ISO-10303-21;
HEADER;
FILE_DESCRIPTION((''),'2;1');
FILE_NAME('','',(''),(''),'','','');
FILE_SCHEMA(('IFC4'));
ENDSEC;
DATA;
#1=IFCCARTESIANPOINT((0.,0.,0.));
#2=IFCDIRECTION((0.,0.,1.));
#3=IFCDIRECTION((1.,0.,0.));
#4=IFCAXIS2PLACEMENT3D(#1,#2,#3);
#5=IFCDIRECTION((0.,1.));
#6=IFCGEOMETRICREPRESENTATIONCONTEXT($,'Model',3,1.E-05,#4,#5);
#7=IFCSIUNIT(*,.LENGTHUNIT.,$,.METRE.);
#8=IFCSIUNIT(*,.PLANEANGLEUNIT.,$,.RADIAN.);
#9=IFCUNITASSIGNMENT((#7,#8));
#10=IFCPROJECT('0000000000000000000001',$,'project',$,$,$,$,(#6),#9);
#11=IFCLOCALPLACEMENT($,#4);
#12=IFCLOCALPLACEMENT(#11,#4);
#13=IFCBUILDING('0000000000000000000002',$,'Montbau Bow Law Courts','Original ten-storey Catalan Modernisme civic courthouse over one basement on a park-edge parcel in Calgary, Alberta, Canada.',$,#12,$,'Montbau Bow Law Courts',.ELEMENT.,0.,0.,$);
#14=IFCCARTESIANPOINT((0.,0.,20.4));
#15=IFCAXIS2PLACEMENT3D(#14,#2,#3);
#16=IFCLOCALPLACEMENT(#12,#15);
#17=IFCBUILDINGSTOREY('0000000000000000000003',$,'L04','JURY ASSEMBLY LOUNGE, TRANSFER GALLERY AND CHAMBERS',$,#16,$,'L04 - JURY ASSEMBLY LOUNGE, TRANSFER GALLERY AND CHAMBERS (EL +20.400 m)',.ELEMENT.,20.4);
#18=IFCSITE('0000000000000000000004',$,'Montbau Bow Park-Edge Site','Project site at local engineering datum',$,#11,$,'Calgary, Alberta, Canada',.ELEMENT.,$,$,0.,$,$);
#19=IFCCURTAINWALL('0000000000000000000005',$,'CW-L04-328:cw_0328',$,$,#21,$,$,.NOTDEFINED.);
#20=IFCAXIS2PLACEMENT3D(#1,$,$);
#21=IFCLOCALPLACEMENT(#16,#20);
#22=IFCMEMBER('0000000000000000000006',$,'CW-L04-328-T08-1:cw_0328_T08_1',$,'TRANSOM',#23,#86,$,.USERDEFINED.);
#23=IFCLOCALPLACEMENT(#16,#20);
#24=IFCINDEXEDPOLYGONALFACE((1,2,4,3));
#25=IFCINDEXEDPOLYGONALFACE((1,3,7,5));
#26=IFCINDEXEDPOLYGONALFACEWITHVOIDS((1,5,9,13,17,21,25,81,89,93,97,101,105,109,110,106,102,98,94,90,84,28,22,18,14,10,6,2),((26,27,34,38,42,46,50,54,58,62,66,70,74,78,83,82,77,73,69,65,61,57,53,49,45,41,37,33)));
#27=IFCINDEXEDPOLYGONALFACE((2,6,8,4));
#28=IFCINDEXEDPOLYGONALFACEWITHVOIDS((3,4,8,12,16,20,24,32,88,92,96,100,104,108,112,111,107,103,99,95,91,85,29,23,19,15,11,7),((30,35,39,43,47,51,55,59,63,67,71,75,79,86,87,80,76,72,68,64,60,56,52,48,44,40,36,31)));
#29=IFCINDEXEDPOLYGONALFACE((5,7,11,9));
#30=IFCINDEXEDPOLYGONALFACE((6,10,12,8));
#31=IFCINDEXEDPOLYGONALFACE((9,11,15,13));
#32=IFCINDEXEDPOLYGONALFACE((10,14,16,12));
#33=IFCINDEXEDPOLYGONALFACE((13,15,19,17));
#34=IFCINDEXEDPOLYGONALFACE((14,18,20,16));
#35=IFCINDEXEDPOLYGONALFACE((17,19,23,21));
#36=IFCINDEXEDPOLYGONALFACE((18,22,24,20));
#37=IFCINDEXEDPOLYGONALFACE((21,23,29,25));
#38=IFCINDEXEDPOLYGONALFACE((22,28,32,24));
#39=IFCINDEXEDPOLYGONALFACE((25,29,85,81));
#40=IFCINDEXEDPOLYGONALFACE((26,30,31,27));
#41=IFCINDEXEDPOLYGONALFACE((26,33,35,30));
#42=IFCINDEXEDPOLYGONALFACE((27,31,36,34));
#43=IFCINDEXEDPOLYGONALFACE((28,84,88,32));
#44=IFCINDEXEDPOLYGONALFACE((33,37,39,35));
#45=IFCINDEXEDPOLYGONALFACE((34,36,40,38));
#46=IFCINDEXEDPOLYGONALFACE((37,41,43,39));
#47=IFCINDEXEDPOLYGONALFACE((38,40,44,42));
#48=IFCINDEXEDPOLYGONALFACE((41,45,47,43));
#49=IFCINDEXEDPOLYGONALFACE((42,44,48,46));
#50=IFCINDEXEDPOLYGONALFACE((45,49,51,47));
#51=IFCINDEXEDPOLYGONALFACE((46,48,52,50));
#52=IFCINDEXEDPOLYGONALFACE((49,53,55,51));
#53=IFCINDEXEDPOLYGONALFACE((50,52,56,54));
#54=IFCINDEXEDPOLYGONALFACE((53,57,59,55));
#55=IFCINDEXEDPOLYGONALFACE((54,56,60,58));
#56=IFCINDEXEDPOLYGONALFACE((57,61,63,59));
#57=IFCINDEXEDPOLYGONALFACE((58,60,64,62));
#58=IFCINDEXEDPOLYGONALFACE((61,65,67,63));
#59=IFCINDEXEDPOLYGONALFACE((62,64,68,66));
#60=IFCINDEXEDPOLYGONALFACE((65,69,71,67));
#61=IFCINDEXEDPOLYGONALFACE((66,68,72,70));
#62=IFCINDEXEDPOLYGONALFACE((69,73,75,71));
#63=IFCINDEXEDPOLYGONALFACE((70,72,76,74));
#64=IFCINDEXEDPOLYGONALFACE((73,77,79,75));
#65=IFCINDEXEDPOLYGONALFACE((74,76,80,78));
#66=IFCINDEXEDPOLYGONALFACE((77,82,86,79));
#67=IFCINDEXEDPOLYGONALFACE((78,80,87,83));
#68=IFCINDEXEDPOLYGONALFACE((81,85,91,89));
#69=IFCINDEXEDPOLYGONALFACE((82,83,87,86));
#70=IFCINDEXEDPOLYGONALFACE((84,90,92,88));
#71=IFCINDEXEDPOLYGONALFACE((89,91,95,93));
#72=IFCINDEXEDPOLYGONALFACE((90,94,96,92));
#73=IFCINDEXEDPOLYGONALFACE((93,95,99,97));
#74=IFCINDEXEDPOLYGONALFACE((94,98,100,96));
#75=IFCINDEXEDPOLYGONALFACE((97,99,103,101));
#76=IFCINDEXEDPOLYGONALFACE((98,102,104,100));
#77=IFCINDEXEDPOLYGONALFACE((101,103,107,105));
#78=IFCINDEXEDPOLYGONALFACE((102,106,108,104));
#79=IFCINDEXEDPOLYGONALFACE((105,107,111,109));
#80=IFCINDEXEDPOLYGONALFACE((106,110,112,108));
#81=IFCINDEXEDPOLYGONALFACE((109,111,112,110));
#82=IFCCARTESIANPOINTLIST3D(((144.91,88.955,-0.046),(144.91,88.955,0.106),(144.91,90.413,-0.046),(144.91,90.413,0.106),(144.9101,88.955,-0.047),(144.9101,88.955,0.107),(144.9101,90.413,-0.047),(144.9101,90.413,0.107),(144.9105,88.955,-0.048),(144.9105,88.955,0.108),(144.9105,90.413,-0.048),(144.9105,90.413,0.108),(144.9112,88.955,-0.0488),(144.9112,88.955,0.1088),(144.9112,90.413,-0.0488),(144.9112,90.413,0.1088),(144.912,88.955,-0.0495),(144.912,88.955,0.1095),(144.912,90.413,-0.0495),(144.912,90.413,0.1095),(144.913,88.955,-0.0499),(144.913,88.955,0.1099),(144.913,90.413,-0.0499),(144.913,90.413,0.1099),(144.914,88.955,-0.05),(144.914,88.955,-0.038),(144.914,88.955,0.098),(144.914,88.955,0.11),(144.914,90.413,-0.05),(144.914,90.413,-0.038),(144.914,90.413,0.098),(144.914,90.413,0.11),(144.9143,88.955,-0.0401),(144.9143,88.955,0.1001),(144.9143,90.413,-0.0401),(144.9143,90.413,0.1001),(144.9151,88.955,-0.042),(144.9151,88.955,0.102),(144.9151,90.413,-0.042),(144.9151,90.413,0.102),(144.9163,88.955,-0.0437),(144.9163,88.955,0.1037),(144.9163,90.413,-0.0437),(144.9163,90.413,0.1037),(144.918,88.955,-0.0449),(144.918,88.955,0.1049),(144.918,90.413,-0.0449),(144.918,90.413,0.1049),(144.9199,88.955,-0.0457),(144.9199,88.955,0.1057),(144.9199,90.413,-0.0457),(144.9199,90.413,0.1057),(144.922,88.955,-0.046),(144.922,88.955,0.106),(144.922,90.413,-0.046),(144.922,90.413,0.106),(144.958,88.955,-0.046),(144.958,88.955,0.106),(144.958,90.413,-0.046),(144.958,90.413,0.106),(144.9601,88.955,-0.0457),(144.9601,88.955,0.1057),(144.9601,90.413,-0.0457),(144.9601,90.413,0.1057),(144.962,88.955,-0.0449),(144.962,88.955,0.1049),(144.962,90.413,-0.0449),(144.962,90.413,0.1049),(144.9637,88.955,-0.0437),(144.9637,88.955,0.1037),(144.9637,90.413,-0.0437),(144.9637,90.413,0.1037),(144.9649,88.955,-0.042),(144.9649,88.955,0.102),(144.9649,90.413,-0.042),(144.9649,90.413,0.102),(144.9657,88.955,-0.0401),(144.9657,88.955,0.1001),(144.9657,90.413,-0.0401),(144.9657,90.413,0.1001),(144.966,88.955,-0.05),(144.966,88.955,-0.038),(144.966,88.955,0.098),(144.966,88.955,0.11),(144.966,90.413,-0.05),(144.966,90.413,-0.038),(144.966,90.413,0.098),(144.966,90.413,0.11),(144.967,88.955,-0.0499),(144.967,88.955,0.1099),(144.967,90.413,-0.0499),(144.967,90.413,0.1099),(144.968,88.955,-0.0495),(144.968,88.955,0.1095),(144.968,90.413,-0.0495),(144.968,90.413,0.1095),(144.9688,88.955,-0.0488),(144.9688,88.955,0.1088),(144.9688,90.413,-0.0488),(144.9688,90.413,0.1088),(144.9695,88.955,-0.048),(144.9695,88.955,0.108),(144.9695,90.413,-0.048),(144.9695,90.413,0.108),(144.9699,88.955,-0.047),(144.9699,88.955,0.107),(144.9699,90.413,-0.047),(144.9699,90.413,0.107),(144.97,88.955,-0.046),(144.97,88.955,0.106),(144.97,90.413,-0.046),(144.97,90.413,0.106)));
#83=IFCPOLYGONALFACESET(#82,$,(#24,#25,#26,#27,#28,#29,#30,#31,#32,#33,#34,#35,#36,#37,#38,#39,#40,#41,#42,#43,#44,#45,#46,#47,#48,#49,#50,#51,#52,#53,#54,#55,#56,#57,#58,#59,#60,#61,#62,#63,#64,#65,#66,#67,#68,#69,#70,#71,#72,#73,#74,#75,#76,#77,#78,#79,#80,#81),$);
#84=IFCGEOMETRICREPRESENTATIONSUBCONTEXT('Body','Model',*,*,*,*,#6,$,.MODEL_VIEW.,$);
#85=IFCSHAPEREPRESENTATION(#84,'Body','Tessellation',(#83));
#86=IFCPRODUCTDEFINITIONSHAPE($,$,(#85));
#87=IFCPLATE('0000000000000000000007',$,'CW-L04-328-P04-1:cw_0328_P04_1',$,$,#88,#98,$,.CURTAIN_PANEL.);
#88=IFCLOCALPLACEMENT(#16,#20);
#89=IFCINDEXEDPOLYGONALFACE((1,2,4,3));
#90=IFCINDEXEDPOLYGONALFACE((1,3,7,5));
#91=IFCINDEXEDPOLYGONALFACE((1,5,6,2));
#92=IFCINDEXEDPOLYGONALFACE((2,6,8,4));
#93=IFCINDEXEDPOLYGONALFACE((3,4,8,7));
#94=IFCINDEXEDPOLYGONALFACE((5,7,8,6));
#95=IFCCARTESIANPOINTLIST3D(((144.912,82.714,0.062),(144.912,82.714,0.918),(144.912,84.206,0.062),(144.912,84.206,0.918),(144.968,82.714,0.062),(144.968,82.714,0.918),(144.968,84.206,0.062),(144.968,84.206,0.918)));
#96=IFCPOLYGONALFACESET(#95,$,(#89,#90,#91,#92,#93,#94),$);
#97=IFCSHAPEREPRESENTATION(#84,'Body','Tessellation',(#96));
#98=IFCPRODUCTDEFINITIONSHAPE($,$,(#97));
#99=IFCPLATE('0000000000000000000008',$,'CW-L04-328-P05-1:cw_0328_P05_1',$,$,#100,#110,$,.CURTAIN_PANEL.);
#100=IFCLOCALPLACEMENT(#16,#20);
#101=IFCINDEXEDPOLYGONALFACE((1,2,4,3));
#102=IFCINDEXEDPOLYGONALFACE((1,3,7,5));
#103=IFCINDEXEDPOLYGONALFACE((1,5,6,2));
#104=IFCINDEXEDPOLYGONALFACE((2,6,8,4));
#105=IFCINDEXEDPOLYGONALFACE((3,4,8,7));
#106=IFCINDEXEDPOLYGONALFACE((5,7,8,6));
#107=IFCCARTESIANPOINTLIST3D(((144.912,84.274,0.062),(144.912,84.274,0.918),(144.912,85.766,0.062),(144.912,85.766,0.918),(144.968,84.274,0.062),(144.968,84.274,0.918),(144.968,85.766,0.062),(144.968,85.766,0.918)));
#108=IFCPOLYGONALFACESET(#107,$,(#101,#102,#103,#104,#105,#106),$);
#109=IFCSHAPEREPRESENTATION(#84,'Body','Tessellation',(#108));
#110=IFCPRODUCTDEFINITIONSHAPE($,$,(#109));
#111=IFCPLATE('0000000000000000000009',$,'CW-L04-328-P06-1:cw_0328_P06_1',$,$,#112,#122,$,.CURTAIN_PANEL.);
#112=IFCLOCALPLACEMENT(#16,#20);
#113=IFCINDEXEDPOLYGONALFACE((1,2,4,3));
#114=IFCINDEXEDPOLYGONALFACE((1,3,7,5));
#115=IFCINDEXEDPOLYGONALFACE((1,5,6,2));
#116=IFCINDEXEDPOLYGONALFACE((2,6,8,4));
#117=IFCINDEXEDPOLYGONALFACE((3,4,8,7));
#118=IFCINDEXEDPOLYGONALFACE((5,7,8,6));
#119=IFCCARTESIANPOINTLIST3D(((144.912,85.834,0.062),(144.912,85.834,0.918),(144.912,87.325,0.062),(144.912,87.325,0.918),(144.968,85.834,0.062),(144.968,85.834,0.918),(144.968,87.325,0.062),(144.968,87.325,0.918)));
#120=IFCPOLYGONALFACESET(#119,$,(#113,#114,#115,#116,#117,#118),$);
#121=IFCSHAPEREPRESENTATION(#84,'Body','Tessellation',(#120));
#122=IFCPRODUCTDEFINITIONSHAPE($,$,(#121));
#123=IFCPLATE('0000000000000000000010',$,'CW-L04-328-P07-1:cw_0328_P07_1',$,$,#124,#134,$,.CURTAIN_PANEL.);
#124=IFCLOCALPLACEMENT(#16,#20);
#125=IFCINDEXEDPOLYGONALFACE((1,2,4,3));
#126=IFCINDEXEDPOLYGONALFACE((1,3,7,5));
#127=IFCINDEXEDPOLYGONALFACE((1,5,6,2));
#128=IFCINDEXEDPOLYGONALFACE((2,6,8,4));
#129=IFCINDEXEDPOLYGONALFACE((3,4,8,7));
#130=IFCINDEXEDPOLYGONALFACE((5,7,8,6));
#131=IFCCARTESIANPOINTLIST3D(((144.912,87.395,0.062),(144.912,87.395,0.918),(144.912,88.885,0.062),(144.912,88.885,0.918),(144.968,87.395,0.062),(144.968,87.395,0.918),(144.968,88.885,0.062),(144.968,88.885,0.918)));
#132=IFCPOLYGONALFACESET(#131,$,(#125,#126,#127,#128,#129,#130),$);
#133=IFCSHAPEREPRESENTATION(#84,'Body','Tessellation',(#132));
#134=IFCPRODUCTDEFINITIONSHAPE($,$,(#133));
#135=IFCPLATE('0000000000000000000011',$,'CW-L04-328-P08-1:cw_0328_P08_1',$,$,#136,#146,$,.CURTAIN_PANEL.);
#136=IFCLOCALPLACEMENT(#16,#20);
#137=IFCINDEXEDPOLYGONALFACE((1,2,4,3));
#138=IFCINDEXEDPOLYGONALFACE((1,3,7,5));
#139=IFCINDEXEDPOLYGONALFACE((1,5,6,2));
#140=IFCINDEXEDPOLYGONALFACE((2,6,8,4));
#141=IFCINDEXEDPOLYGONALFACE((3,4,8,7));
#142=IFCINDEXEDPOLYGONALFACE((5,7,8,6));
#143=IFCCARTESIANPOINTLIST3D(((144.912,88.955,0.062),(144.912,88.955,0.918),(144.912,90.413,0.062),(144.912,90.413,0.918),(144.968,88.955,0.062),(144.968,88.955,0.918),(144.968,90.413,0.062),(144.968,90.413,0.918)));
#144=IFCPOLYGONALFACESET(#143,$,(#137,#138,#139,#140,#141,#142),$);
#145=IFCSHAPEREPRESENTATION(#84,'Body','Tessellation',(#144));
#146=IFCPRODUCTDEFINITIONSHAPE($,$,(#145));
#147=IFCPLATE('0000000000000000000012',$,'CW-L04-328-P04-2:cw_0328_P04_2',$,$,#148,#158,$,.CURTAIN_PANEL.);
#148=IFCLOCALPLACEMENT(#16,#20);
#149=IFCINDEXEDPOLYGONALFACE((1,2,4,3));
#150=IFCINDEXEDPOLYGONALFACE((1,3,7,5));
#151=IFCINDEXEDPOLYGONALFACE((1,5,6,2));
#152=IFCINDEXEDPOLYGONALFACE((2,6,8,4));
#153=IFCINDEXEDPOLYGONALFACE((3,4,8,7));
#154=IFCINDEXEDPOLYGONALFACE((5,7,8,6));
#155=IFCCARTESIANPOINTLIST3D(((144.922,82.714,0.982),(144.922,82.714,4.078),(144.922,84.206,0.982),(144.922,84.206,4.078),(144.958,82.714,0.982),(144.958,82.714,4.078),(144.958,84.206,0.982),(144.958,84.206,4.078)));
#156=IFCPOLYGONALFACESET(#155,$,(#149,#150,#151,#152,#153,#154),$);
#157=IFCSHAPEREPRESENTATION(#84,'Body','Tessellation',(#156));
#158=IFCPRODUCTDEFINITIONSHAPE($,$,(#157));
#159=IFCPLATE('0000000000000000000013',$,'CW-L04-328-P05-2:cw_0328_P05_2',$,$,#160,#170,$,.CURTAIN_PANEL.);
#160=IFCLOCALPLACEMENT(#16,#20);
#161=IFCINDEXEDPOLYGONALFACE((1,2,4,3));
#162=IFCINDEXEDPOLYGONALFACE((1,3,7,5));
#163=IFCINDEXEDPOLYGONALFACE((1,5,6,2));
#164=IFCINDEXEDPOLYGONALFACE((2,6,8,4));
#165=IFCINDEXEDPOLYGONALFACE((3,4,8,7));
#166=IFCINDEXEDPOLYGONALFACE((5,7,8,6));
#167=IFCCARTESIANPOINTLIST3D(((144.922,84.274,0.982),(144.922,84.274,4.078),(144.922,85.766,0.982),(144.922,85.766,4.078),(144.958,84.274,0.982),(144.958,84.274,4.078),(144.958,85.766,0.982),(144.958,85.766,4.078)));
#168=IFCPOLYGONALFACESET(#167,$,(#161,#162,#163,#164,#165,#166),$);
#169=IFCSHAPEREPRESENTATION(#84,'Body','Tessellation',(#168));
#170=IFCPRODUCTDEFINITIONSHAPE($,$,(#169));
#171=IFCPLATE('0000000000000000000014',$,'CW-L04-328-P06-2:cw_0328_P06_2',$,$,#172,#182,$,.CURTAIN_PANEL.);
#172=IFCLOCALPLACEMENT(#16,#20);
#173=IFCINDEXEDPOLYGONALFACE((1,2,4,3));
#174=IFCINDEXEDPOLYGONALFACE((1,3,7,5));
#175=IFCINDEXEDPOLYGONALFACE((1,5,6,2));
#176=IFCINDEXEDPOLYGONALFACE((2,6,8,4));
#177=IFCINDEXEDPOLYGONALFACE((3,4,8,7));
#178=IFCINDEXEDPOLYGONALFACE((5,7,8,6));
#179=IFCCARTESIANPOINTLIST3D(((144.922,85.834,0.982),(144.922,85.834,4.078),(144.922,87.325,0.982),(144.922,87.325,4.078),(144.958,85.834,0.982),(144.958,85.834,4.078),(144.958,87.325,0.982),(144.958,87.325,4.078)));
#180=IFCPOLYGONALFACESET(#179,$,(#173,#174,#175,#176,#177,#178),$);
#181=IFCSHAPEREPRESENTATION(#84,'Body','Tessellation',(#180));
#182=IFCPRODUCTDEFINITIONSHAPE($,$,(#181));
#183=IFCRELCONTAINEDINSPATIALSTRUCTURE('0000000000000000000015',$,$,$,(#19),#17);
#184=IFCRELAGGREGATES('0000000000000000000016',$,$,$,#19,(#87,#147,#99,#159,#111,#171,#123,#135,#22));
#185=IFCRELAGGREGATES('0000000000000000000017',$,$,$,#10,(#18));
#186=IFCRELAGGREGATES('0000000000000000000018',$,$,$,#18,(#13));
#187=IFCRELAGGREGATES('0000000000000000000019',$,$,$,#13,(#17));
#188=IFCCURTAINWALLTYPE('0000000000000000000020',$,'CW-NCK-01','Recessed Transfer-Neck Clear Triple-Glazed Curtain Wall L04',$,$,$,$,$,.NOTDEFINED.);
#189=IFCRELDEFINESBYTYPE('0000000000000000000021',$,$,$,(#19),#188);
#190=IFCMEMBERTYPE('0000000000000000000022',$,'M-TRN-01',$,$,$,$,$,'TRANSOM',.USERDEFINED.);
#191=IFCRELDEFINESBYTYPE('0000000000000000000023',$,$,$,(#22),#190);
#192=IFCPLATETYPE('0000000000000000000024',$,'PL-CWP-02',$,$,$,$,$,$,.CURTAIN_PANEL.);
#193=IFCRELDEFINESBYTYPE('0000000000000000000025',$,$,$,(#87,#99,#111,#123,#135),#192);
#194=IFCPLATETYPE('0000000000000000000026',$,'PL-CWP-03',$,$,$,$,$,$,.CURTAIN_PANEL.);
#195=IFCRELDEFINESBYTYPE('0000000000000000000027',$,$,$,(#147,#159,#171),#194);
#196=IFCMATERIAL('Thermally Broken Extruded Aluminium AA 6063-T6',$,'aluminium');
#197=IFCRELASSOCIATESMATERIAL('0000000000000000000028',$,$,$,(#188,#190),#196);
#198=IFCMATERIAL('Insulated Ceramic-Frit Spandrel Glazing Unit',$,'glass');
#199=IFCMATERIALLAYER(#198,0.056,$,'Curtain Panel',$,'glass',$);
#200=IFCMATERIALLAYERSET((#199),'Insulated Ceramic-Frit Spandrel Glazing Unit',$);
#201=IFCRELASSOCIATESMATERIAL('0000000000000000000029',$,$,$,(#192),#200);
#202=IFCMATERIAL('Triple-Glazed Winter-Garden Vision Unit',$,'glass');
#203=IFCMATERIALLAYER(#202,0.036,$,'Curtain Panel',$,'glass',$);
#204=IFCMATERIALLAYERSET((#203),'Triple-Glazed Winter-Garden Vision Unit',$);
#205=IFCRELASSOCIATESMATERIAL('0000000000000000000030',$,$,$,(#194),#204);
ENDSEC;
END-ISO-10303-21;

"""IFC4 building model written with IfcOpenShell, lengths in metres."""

from ifc_helpers import new_model, si_unit, direction, frame, frame_2d, origin_with_axes, origin_2d_with_axis, place, context, subcontext, project, spatial, rectangle, hollow_rectangle, extrude, material, layer, layer_set, material_profile, profile_set, type_object, element, aggregate, save


model = new_model("IFC4")

# Units and contexts
model_context = context("Model", 3, precision=1e-05, world=origin_with_axes(), true_north=direction((0.0, 1.0)))
body_context = subcontext(model_context, "Body", "Model", "MODEL_VIEW")
ifc_project = project(units=[si_unit("LENGTHUNIT", "METRE"), si_unit("PLANEANGLEUNIT", "RADIAN")], contexts=[model_context])

# Site, building, storey
site_placement = place(None, origin_with_axes())
site = spatial("IfcSite", under=ifc_project, at=site_placement, Name="Montbau Bow Park-Edge Site", Description="Project site at local engineering datum", LongName="Calgary, Alberta, Canada", CompositionType="ELEMENT", RefElevation=0.0)
building_placement = place(site_placement, origin_with_axes())
building = spatial("IfcBuilding", under=site, at=building_placement, Name="Montbau Bow Law Courts", Description="Original ten-storey Catalan Modernisme civic courthouse over one basement on a park-edge parcel in Calgary, Alberta, Canada.", LongName="Montbau Bow Law Courts", CompositionType="ELEMENT", ElevationOfRefHeight=0.0, ElevationOfTerrain=0.0)
storey_placement = place(building_placement, frame((0.0, 0.0, 20.4), z_axis=(0.0, 0.0, 1.0), x_axis=(1.0, 0.0, 0.0)))
storey = spatial("IfcBuildingStorey", under=building, at=storey_placement, Name="L04", Description="JURY ASSEMBLY LOUNGE, TRANSFER GALLERY AND CHAMBERS", LongName="L04 - JURY ASSEMBLY LOUNGE, TRANSFER GALLERY AND CHAMBERS (EL +20.400 m)", CompositionType="ELEMENT", Elevation=20.4)

# Curtain wall, member, plates
ifc_material_1 = material(Name="Thermally Broken Extruded Aluminium AA 6063-T6", Category="aluminium")
curtain_wall_type = type_object("IfcCurtainWallType", Name="CW-NCK-01", Description="Recessed Transfer-Neck Clear Triple-Glazed Curtain Wall L04", PredefinedType="NOTDEFINED", material=ifc_material_1)
curtain_wall_placement = place(None, frame((144.94, 78.0, 20.4), z_axis=(0.0, 0.0, 1.0), x_axis=(1.0, 0.0, 0.0)))
curtain_wall = element("IfcCurtainWall", 1, at=curtain_wall_placement, inside=storey, type_object=curtain_wall_type, Name="CW-L04-328:cw_0328", PredefinedType="NOTDEFINED")
ifc_material_profile_1 = material_profile(ifc_material_1, hollow_rectangle(XDim=0.06, YDim=0.16, WallThickness=0.004, InnerFilletRadius=0.008, OuterFilletRadius=0.004, at=origin_2d_with_axis()), Name="CWT-160X60", Category="Main", Priority=0)
ifc_profile_set_1 = profile_set([ifc_material_profile_1], Name="Thermally Broken Extruded Aluminium AA 6063-T6")
member_type_1 = type_object("IfcMemberType", Name="M-TRN-01", ElementType="TRANSOM", PredefinedType="USERDEFINED", material=ifc_profile_set_1)
member_1_placement = place(None, frame((144.94, 88.955, 20.43), z_axis=(0.0, 1.0, 0.0), x_axis=(-1.0, 0.0, 0.0)))
member_1 = element("IfcMember", 2, at=member_1_placement, type_object=member_type_1, Name="CW-L04-328-T08-1:cw_0328_T08_1", ObjectType="TRANSOM", PredefinedType="USERDEFINED", context=body_context, shape_type="SweptSolid", body=[
    extrude(hollow_rectangle(XDim=0.06, YDim=0.16, WallThickness=0.004, InnerFilletRadius=0.008, OuterFilletRadius=0.004, at=origin_2d_with_axis()), origin_with_axes(), (0.0, 0.0, 1.0), 1.458),
])
ifc_material_2 = material(Name="Insulated Ceramic-Frit Spandrel Glazing Unit", Category="glass")
ifc_layer_1 = layer(ifc_material_2, 0.056, Name="Curtain Panel", Category="glass")
ifc_layer_set_1 = layer_set([ifc_layer_1], Name="Insulated Ceramic-Frit Spandrel Glazing Unit")
plate_type_1 = type_object("IfcPlateType", Name="PL-CWP-02", PredefinedType="CURTAIN_PANEL", material=ifc_layer_set_1)
plate_1_placement = place(None, frame((144.94, 82.714, 20.462), z_axis=(1.0, 0.0, 0.0), x_axis=(0.0, 1.0, 0.0)))
plate_1 = element("IfcPlate", 3, at=plate_1_placement, type_object=plate_type_1, Name="CW-L04-328-P04-1:cw_0328_P04_1", PredefinedType="CURTAIN_PANEL", context=body_context, shape_type="SweptSolid", body=[
    extrude(rectangle(XDim=1.492, YDim=0.856, at=frame_2d((0.746, 0.428), x_axis=(1.0, 0.0))), frame((0.0, 0.0, -0.028), z_axis=(0.0, 0.0, 1.0), x_axis=(1.0, 0.0, 0.0)), (0.0, 0.0, 1.0), 0.056),
])
plate_2_placement = place(None, frame((144.94, 84.274, 20.462), z_axis=(1.0, 0.0, 0.0), x_axis=(0.0, 1.0, 0.0)))
plate_2 = element("IfcPlate", 4, at=plate_2_placement, type_object=plate_type_1, Name="CW-L04-328-P05-1:cw_0328_P05_1", PredefinedType="CURTAIN_PANEL", context=body_context, shape_type="SweptSolid", body=[
    extrude(rectangle(XDim=1.492, YDim=0.856, at=frame_2d((0.746, 0.428), x_axis=(1.0, 0.0))), frame((0.0, 0.0, -0.028), z_axis=(0.0, 0.0, 1.0), x_axis=(1.0, 0.0, 0.0)), (0.0, 0.0, 1.0), 0.056),
])
plate_3_placement = place(None, frame((144.94, 85.834, 20.462), z_axis=(1.0, 0.0, 0.0), x_axis=(0.0, 1.0, 0.0)))
plate_3 = element("IfcPlate", 5, at=plate_3_placement, type_object=plate_type_1, Name="CW-L04-328-P06-1:cw_0328_P06_1", PredefinedType="CURTAIN_PANEL", context=body_context, shape_type="SweptSolid", body=[
    extrude(rectangle(XDim=1.491, YDim=0.856, at=frame_2d((0.7455, 0.428), x_axis=(1.0, 0.0))), frame((0.0, 0.0, -0.028), z_axis=(0.0, 0.0, 1.0), x_axis=(1.0, 0.0, 0.0)), (0.0, 0.0, 1.0), 0.056),
])
plate_4_placement = place(None, frame((144.94, 87.395, 20.462), z_axis=(1.0, 0.0, 0.0), x_axis=(0.0, 1.0, 0.0)))
plate_4 = element("IfcPlate", 6, at=plate_4_placement, type_object=plate_type_1, Name="CW-L04-328-P07-1:cw_0328_P07_1", PredefinedType="CURTAIN_PANEL", context=body_context, shape_type="SweptSolid", body=[
    extrude(rectangle(XDim=1.49, YDim=0.856, at=frame_2d((0.745, 0.428), x_axis=(1.0, 0.0))), frame((0.0, 0.0, -0.028), z_axis=(0.0, 0.0, 1.0), x_axis=(1.0, 0.0, 0.0)), (0.0, 0.0, 1.0), 0.056),
])
plate_5_placement = place(None, frame((144.94, 88.955, 20.462), z_axis=(1.0, 0.0, 0.0), x_axis=(0.0, 1.0, 0.0)))
plate_5 = element("IfcPlate", 7, at=plate_5_placement, type_object=plate_type_1, Name="CW-L04-328-P08-1:cw_0328_P08_1", PredefinedType="CURTAIN_PANEL", context=body_context, shape_type="SweptSolid", body=[
    extrude(rectangle(XDim=1.458, YDim=0.856, at=frame_2d((0.729, 0.428), x_axis=(1.0, 0.0))), frame((0.0, 0.0, -0.028), z_axis=(0.0, 0.0, 1.0), x_axis=(1.0, 0.0, 0.0)), (0.0, 0.0, 1.0), 0.056),
])
ifc_material_3 = material(Name="Triple-Glazed Winter-Garden Vision Unit", Category="glass")
ifc_layer_2 = layer(ifc_material_3, 0.036, Name="Curtain Panel", Category="glass")
ifc_layer_set_2 = layer_set([ifc_layer_2], Name="Triple-Glazed Winter-Garden Vision Unit")
plate_type_2 = type_object("IfcPlateType", Name="PL-CWP-03", PredefinedType="CURTAIN_PANEL", material=ifc_layer_set_2)
plate_6_placement = place(None, frame((144.94, 82.714, 21.382), z_axis=(1.0, 0.0, 0.0), x_axis=(0.0, 1.0, 0.0)))
plate_6 = element("IfcPlate", 8, at=plate_6_placement, type_object=plate_type_2, Name="CW-L04-328-P04-2:cw_0328_P04_2", PredefinedType="CURTAIN_PANEL", context=body_context, shape_type="SweptSolid", body=[
    extrude(rectangle(XDim=1.492, YDim=3.096, at=frame_2d((0.746, 1.548), x_axis=(1.0, 0.0))), frame((0.0, 0.0, -0.018), z_axis=(0.0, 0.0, 1.0), x_axis=(1.0, 0.0, 0.0)), (0.0, 0.0, 1.0), 0.036),
])
plate_7_placement = place(None, frame((144.94, 84.274, 21.382), z_axis=(1.0, 0.0, 0.0), x_axis=(0.0, 1.0, 0.0)))
plate_7 = element("IfcPlate", 9, at=plate_7_placement, type_object=plate_type_2, Name="CW-L04-328-P05-2:cw_0328_P05_2", PredefinedType="CURTAIN_PANEL", context=body_context, shape_type="SweptSolid", body=[
    extrude(rectangle(XDim=1.492, YDim=3.096, at=frame_2d((0.746, 1.548), x_axis=(1.0, 0.0))), frame((0.0, 0.0, -0.018), z_axis=(0.0, 0.0, 1.0), x_axis=(1.0, 0.0, 0.0)), (0.0, 0.0, 1.0), 0.036),
])
plate_8_placement = place(None, frame((144.94, 85.834, 21.382), z_axis=(1.0, 0.0, 0.0), x_axis=(0.0, 1.0, 0.0)))
plate_8 = element("IfcPlate", 10, at=plate_8_placement, type_object=plate_type_2, Name="CW-L04-328-P06-2:cw_0328_P06_2", PredefinedType="CURTAIN_PANEL", context=body_context, shape_type="SweptSolid", body=[
    extrude(rectangle(XDim=1.491, YDim=3.096, at=frame_2d((0.7455, 1.548), x_axis=(1.0, 0.0))), frame((0.0, 0.0, -0.018), z_axis=(0.0, 0.0, 1.0), x_axis=(1.0, 0.0, 0.0)), (0.0, 0.0, 1.0), 0.036),
])
aggregate(curtain_wall, [plate_1, plate_6, plate_2, plate_7, plate_3, plate_8, plate_4, plate_5, member_1])

save(model, "model.ifc")
